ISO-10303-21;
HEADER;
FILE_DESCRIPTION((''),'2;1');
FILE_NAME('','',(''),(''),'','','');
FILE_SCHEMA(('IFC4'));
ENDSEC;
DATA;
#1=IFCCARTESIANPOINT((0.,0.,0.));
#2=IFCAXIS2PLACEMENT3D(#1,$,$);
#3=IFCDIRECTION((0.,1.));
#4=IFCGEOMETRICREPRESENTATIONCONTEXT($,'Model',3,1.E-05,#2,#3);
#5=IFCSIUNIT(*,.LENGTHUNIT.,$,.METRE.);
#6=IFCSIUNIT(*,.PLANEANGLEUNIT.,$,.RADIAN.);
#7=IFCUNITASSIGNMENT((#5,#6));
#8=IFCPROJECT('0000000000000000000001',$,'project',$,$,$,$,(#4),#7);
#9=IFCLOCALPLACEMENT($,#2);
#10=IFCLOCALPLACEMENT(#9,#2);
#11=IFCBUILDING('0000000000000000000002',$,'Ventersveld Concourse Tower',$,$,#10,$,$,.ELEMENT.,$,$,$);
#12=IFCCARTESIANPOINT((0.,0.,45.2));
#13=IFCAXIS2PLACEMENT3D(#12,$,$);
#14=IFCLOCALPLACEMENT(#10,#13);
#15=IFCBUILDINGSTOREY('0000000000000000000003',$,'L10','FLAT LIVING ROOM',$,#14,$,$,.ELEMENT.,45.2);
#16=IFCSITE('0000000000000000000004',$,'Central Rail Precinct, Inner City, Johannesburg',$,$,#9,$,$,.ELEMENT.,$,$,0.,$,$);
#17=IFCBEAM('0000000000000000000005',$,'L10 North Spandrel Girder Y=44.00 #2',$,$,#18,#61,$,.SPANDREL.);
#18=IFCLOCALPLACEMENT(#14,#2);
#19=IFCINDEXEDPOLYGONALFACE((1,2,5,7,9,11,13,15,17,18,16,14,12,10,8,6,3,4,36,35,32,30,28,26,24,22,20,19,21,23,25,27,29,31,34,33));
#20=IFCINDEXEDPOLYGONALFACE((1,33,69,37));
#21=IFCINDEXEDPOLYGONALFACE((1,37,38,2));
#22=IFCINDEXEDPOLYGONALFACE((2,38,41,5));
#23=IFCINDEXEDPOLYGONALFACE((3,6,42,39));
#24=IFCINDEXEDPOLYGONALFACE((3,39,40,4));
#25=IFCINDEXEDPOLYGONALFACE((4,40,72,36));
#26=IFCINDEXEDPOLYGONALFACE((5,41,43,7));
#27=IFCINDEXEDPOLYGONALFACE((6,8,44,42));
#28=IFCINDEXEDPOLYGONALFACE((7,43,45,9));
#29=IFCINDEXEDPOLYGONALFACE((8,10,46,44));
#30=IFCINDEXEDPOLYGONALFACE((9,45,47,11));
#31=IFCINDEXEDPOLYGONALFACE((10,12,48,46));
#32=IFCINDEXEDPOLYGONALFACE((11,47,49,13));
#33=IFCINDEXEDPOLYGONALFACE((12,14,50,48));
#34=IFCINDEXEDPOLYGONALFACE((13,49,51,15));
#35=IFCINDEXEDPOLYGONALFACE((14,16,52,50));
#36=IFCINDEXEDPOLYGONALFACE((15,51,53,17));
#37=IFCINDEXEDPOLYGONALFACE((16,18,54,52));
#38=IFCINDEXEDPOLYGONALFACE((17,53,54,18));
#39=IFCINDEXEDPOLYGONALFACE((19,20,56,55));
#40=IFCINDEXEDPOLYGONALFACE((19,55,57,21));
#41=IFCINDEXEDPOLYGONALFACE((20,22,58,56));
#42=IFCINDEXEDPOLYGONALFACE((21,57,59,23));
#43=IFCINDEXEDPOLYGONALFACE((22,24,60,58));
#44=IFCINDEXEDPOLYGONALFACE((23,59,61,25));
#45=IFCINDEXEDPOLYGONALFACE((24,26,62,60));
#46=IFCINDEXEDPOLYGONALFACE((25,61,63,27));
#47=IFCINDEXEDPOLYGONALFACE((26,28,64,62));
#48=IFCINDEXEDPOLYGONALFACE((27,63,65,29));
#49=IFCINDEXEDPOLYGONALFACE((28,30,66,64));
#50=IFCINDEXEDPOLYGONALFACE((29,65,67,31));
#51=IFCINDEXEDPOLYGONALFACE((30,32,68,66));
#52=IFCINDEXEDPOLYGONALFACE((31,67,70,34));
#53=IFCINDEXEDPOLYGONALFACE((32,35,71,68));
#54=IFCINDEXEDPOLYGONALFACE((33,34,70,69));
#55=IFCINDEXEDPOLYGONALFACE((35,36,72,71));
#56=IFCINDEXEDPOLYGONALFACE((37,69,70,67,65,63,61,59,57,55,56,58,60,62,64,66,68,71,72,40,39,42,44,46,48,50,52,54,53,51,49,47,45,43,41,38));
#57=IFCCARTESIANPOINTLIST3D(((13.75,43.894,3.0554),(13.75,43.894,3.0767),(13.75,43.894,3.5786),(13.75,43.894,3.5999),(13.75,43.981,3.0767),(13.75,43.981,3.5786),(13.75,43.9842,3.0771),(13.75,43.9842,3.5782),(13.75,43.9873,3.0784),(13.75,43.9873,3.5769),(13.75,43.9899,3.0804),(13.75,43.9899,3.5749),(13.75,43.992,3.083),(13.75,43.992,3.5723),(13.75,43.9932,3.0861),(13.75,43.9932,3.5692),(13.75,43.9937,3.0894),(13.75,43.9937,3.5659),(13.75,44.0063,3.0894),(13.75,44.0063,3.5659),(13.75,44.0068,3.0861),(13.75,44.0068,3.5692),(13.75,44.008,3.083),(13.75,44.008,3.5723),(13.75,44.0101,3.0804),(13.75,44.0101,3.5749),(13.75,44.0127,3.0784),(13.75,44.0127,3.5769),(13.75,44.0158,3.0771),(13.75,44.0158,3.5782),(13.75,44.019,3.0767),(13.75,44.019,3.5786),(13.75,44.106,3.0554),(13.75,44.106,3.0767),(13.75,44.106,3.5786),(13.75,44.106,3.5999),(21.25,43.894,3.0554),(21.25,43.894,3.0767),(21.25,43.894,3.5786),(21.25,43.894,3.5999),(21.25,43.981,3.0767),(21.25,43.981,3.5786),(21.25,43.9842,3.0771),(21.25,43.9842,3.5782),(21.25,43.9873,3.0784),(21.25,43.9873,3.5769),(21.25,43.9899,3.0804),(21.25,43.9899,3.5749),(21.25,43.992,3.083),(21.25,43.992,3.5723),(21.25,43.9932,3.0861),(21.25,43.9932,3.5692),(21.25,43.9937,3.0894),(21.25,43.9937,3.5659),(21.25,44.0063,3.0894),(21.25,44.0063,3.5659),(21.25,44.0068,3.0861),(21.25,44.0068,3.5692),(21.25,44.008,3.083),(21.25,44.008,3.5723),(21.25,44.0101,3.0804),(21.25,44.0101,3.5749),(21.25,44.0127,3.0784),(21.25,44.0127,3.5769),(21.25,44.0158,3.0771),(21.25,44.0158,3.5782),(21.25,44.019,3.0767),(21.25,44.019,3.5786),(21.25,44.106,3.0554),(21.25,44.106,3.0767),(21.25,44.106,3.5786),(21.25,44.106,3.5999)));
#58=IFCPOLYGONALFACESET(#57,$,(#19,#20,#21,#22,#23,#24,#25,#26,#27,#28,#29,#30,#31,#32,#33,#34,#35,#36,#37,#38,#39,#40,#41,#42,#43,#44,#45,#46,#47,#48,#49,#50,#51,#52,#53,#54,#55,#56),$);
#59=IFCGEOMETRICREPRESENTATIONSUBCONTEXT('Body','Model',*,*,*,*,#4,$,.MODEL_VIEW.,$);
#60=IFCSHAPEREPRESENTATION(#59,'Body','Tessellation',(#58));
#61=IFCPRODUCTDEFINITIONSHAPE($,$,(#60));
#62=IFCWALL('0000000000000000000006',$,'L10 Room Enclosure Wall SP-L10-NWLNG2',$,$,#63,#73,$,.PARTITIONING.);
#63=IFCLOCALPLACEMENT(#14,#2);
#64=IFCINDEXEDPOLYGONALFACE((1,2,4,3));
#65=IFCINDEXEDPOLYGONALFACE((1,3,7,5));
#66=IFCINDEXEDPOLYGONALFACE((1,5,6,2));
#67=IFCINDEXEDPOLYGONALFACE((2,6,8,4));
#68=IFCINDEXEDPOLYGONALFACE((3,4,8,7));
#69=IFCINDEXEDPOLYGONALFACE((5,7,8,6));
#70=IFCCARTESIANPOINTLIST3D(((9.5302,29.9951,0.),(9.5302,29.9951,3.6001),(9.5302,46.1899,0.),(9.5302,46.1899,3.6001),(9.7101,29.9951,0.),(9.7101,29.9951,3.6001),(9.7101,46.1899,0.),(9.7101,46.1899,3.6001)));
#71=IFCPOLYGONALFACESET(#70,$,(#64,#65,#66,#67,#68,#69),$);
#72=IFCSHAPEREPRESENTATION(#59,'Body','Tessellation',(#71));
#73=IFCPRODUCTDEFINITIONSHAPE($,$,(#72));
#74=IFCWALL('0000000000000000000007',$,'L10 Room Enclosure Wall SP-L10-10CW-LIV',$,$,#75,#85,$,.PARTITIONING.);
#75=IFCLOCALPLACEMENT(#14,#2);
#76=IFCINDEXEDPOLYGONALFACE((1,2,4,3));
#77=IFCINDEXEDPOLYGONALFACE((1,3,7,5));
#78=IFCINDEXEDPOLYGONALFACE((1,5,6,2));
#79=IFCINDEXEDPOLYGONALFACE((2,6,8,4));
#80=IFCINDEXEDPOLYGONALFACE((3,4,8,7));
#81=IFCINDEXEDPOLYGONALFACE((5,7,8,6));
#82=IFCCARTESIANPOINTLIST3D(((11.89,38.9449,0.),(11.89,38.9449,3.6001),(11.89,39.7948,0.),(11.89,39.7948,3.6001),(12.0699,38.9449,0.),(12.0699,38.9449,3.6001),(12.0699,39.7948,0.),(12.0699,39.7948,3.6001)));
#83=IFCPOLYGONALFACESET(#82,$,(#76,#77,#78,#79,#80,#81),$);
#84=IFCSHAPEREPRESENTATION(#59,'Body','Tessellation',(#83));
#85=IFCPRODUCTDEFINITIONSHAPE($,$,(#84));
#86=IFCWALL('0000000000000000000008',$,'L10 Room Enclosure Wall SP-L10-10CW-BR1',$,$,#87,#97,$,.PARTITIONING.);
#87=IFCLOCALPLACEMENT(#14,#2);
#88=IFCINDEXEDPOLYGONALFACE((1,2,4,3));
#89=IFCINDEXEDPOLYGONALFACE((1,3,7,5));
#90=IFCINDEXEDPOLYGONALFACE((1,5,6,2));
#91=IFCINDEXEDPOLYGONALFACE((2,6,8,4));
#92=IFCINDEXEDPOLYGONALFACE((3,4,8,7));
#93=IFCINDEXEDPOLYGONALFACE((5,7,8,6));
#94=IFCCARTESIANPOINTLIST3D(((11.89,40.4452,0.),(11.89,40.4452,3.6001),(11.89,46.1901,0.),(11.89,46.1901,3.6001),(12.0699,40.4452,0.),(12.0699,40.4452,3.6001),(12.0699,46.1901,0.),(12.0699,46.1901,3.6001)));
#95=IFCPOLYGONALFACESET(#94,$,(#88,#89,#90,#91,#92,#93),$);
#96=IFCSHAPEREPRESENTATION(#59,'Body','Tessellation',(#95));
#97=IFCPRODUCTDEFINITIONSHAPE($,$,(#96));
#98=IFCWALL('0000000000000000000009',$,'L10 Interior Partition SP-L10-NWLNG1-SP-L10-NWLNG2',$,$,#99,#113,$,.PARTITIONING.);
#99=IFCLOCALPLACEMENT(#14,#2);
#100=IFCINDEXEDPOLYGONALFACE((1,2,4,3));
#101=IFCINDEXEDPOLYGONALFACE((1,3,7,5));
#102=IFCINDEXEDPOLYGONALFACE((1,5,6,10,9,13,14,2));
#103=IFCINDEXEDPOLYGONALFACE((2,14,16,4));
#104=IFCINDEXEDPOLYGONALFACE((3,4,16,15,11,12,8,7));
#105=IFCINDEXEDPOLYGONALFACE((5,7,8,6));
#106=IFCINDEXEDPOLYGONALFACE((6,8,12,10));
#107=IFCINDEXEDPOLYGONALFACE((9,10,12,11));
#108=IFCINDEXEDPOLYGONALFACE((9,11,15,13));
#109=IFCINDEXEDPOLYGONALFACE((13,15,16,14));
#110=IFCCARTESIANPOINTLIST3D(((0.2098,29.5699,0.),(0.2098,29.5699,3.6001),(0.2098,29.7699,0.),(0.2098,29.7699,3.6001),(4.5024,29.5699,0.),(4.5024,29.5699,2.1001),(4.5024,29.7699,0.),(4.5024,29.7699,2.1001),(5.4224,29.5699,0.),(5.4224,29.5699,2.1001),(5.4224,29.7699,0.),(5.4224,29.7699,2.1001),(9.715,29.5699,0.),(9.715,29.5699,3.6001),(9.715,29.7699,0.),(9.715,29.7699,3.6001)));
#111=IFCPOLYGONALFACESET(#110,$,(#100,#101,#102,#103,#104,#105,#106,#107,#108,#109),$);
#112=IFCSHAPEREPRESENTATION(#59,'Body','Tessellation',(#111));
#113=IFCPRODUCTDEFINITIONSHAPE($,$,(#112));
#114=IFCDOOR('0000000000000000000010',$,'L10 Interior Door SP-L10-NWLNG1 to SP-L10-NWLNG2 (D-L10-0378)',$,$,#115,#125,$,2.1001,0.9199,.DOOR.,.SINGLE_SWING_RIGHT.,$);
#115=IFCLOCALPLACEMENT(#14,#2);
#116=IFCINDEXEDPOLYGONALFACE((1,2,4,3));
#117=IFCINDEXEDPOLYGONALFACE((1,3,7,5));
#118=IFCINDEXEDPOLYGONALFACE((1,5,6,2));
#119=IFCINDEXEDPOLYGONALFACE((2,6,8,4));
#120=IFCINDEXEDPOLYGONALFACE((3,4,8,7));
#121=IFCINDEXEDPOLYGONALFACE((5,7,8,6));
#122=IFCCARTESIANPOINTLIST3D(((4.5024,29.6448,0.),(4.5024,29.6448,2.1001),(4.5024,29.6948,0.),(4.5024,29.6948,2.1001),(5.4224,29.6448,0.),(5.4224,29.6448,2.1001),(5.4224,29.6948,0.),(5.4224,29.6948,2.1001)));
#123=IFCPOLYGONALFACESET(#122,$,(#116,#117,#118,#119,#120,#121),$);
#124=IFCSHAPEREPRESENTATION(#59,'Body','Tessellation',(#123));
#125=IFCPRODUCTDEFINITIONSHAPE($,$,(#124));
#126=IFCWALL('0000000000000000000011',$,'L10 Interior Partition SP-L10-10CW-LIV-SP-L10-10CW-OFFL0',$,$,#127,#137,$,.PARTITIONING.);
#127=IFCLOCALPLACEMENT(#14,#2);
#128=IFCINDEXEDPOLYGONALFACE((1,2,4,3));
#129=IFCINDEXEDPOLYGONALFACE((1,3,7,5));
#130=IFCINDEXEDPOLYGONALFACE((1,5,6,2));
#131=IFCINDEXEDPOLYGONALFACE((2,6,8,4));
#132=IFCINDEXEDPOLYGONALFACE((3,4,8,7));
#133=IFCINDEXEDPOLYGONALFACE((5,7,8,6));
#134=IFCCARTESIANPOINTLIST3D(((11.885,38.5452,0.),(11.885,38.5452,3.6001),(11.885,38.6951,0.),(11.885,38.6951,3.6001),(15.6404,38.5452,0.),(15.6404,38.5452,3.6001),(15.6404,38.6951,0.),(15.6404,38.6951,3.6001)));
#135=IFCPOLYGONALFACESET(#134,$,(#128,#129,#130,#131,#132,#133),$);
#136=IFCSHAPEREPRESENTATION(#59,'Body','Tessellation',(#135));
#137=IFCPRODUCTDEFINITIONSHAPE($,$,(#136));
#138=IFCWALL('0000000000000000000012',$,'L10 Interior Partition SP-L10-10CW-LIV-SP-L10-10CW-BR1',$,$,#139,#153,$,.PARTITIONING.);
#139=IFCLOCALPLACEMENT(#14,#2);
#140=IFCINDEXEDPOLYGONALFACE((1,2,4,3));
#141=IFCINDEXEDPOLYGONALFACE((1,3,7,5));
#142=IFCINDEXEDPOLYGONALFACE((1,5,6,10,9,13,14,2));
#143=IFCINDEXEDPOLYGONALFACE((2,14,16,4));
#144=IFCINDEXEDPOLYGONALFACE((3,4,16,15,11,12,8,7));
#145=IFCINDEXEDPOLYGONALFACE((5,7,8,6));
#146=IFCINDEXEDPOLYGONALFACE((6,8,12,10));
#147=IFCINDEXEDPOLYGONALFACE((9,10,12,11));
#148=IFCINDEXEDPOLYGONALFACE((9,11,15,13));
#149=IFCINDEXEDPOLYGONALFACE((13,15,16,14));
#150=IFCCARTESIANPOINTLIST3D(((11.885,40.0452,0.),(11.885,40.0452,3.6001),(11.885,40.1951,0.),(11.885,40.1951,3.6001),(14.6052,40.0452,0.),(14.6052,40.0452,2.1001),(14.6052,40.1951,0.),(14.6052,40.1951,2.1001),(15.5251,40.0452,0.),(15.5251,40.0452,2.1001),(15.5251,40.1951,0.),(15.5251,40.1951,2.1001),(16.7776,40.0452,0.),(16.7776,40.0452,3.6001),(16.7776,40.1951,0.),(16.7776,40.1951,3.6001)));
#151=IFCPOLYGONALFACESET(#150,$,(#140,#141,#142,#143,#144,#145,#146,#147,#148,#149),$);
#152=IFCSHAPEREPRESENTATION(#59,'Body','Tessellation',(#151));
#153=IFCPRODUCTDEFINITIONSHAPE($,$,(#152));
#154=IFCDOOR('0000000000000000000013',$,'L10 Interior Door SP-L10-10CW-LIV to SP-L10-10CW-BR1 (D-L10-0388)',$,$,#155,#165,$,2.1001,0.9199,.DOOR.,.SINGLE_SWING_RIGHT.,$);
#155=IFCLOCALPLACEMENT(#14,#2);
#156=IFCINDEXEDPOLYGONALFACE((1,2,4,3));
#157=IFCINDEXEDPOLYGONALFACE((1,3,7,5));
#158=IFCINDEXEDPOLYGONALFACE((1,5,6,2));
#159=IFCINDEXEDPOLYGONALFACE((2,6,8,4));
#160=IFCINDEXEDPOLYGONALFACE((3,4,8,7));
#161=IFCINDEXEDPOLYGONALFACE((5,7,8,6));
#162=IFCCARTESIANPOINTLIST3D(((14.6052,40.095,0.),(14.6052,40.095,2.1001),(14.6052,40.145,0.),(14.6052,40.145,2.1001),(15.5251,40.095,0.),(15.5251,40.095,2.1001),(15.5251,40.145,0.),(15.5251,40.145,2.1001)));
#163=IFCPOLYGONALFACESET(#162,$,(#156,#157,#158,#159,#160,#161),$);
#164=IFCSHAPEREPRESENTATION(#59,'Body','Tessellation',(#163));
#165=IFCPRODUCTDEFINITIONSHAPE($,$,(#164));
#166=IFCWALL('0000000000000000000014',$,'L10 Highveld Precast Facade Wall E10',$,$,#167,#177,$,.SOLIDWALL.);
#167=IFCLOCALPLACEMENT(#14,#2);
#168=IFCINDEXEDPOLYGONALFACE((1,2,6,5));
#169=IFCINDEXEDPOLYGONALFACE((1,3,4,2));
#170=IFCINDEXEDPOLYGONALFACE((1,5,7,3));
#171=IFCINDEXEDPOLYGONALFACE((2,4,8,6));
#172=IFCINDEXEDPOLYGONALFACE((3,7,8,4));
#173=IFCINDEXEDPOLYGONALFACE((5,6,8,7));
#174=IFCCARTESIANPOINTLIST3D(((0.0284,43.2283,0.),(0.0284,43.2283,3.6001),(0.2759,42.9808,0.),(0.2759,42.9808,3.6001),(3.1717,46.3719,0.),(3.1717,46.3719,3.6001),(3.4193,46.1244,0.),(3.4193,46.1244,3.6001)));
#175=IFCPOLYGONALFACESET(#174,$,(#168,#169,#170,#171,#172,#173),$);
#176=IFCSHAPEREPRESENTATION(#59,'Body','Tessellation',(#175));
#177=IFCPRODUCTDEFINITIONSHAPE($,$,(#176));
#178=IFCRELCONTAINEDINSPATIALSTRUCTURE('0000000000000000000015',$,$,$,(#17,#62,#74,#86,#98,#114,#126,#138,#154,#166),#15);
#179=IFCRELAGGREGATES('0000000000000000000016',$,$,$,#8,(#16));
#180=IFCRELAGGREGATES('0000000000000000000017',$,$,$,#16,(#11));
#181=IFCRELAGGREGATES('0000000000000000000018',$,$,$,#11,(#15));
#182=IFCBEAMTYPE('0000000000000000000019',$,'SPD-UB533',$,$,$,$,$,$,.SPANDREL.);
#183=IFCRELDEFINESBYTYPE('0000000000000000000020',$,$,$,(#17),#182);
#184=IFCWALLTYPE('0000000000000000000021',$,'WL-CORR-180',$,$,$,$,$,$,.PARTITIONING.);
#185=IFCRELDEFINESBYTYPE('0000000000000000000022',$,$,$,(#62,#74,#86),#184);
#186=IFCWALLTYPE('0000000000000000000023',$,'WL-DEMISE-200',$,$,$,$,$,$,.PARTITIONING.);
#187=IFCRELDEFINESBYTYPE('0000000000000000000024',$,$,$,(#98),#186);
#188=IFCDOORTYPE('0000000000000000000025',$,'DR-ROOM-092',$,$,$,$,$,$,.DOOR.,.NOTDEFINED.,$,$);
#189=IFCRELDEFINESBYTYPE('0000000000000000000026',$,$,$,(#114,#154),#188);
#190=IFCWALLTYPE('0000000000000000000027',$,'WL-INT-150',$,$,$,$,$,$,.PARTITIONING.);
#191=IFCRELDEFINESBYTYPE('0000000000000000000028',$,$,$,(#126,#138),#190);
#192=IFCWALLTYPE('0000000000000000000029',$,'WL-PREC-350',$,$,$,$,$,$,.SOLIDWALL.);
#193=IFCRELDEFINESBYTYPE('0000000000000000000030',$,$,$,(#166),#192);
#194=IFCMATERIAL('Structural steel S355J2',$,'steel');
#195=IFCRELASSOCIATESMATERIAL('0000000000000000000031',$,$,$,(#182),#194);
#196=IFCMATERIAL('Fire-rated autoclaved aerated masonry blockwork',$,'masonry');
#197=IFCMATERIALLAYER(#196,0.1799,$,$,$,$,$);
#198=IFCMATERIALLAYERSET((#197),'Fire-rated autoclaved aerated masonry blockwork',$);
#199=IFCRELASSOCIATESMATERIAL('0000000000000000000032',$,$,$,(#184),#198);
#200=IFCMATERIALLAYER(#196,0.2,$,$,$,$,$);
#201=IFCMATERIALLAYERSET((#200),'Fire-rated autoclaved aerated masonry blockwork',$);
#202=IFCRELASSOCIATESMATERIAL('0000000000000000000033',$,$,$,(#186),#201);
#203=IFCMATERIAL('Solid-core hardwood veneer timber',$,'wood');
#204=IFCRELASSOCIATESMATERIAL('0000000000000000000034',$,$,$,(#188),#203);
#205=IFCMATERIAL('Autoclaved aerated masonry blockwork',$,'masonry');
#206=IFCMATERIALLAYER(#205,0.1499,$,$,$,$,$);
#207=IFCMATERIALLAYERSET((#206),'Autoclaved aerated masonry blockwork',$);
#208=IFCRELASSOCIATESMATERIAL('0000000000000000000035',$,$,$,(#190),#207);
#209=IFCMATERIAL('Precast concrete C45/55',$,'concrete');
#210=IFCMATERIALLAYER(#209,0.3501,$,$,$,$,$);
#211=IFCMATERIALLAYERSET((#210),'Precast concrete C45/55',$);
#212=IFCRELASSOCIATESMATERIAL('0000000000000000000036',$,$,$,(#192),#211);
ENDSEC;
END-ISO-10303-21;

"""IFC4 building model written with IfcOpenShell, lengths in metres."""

from ifc_helpers import new_model, si_unit, direction, frame, frame_2d, origin, origin_2d, place, context, subcontext, project, spatial, rectangle, i_section, extrude, material, layer, layer_set, material_profile, profile_set, type_object, element, fill, save


model = new_model("IFC4")

# Units and contexts
model_context = context("Model", 3, precision=1e-05, world=origin(), true_north=direction((0.0, 1.0)))
body_context = subcontext(model_context, "Body", "Model", "MODEL_VIEW")
ifc_project = project(units=[si_unit("LENGTHUNIT", "METRE"), si_unit("PLANEANGLEUNIT", "RADIAN")], contexts=[model_context])

# Site, building, storey
site_placement = place(None, origin())
site = spatial("IfcSite", under=ifc_project, at=site_placement, Name="Central Rail Precinct, Inner City, Johannesburg", CompositionType="ELEMENT", RefElevation=0.0)
building_placement = place(site_placement, origin())
building = spatial("IfcBuilding", under=site, at=building_placement, Name="Ventersveld Concourse Tower", CompositionType="ELEMENT")
storey_placement = place(building_placement, frame((0.0, 0.0, 45.2)))
storey = spatial("IfcBuildingStorey", under=building, at=storey_placement, Name="L10", Description="FLAT LIVING ROOM", CompositionType="ELEMENT", Elevation=45.2)

# Beam
ifc_material_1 = material(Name="Structural steel S355J2", Category="steel")
ifc_material_profile_1 = material_profile(ifc_material_1, i_section(OverallWidth=0.2119, OverallDepth=0.5444, WebThickness=0.0127, FlangeThickness=0.0212, FilletRadius=0.0127, at=origin_2d()), Name="UB 533x210x122")
ifc_profile_set_1 = profile_set([ifc_material_profile_1], Name="Structural steel S355J2")
beam_type_1 = type_object("IfcBeamType", Name="SPD-UB533", PredefinedType="SPANDREL", material=ifc_profile_set_1)
beam_1_placement = place(storey_placement, frame((13.75, 44.0, 3.3276), z_axis=(1.0, 0.0, 0.0), x_axis=(0.0, 1.0, 0.0)))
element("IfcBeam", 1, at=beam_1_placement, inside=storey, type_object=beam_type_1, Name="L10 North Spandrel Girder Y=44.00 #2", PredefinedType="SPANDREL", context=body_context, shape_type="SweptSolid", body=[
    extrude(i_section(OverallWidth=0.2119, OverallDepth=0.5444, WebThickness=0.0127, FlangeThickness=0.0212, FilletRadius=0.0127, at=origin_2d()), origin(), (0.0, 0.0, 1.0), 7.5),
])

# Walls
ifc_material_2 = material(Name="Fire-rated autoclaved aerated masonry blockwork", Category="masonry")
ifc_layer_1 = layer(ifc_material_2, 0.1799)
ifc_layer_set_1 = layer_set([ifc_layer_1], Name="Fire-rated autoclaved aerated masonry blockwork")
wall_type_1 = type_object("IfcWallType", Name="WL-CORR-180", PredefinedType="PARTITIONING", material=ifc_layer_set_1)
wall_1_placement = place(storey_placement, frame((9.6201, 46.1899, 0.0), z_axis=(0.0, 0.0, 1.0), x_axis=(0.0, -1.0, 0.0)))
element("IfcWall", 2, at=wall_1_placement, inside=storey, type_object=wall_type_1, Name="L10 Room Enclosure Wall SP-L10-NWLNG2", PredefinedType="PARTITIONING", context=body_context, shape_type="SweptSolid", body=[
    extrude(rectangle(XDim=16.1948, YDim=0.1799, at=frame_2d((8.0974, 0.0))), origin(), (0.0, 0.0, 1.0), 3.6001),
])
wall_2_placement = place(storey_placement, frame((11.98, 38.9451, 0.0), z_axis=(0.0, 0.0, 1.0), x_axis=(0.0, 1.0, 0.0)))
element("IfcWall", 3, at=wall_2_placement, inside=storey, type_object=wall_type_1, Name="L10 Room Enclosure Wall SP-L10-10CW-LIV", PredefinedType="PARTITIONING", context=body_context, shape_type="SweptSolid", body=[
    extrude(rectangle(XDim=0.8499, YDim=0.1799, at=frame_2d((0.4248, 0.0))), origin(), (0.0, 0.0, 1.0), 3.6001),
])
wall_3_placement = place(storey_placement, frame((11.98, 40.4451, 0.0), z_axis=(0.0, 0.0, 1.0), x_axis=(0.0, 1.0, 0.0)))
element("IfcWall", 4, at=wall_3_placement, inside=storey, type_object=wall_type_1, Name="L10 Room Enclosure Wall SP-L10-10CW-BR1", PredefinedType="PARTITIONING", context=body_context, shape_type="SweptSolid", body=[
    extrude(rectangle(XDim=5.7449, YDim=0.1799, at=frame_2d((2.8726, 0.0))), origin(), (0.0, 0.0, 1.0), 3.6001),
])

# Wall, opening, door
ifc_layer_2 = layer(ifc_material_2, 0.2)
ifc_layer_set_2 = layer_set([ifc_layer_2], Name="Fire-rated autoclaved aerated masonry blockwork")
wall_type_2 = type_object("IfcWallType", Name="WL-DEMISE-200", PredefinedType="PARTITIONING", material=ifc_layer_set_2)
wall_4_placement = place(storey_placement, frame((0.21, 29.6699, 0.0), z_axis=(0.0, 0.0, 1.0), x_axis=(1.0, 0.0, 0.0)))
wall_4 = element("IfcWall", 5, at=wall_4_placement, inside=storey, type_object=wall_type_2, Name="L10 Interior Partition SP-L10-NWLNG1-SP-L10-NWLNG2", PredefinedType="PARTITIONING", context=body_context, shape_type="SweptSolid", body=[
    extrude(rectangle(XDim=9.5051, YDim=0.2, at=frame_2d((4.7524, 0.0))), origin(), (0.0, 0.0, 1.0), 3.6001),
])
opening_1_placement = place(wall_4_placement, frame((4.2925, 0.0, 0.0)))
opening_1 = element("IfcOpeningElement", 6, at=opening_1_placement, cuts=wall_4, PredefinedType="OPENING", context=body_context, shape_type="SweptSolid", body=[
    extrude(rectangle(XDim=0.9199, YDim=2.1001, at=frame_2d((0.46, 1.05))), frame((0.0, 0.1099, 0.0), z_axis=(0.0, -1.0, 0.0), x_axis=(1.0, 0.0, 0.0)), (0.0, 0.0, 1.0), 0.22),
])
ifc_material_3 = material(Name="Solid-core hardwood veneer timber", Category="wood")
door_type = type_object("IfcDoorType", Name="DR-ROOM-092", OperationType="NOTDEFINED", PredefinedType="DOOR", material=ifc_material_3)
door_1_placement = place(opening_1_placement, origin())
door_1 = element("IfcDoor", 7, at=door_1_placement, inside=storey, type_object=door_type, Name="L10 Interior Door SP-L10-NWLNG1 to SP-L10-NWLNG2 (D-L10-0378)", OperationType="SINGLE_SWING_RIGHT", OverallHeight=2.1001, OverallWidth=0.9199, PredefinedType="DOOR", context=body_context, shape_type="SweptSolid", body=[
    extrude(rectangle(XDim=0.9199, YDim=2.1001, at=frame_2d((0.46, 1.05))), frame((0.0, 0.0249, 0.0), z_axis=(0.0, -1.0, 0.0), x_axis=(1.0, 0.0, 0.0)), (0.0, 0.0, 1.0), 0.05),
])
fill(opening_1, door_1)

# Wall
ifc_material_4 = material(Name="Autoclaved aerated masonry blockwork", Category="masonry")
ifc_layer_3 = layer(ifc_material_4, 0.1499)
ifc_layer_set_3 = layer_set([ifc_layer_3], Name="Autoclaved aerated masonry blockwork")
wall_type_3 = type_object("IfcWallType", Name="WL-INT-150", PredefinedType="PARTITIONING", material=ifc_layer_set_3)
wall_5_placement = place(storey_placement, frame((11.885, 38.6201, 0.0), z_axis=(0.0, 0.0, 1.0), x_axis=(1.0, 0.0, 0.0)))
element("IfcWall", 8, at=wall_5_placement, inside=storey, type_object=wall_type_3, Name="L10 Interior Partition SP-L10-10CW-LIV-SP-L10-10CW-OFFL0", PredefinedType="PARTITIONING", context=body_context, shape_type="SweptSolid", body=[
    extrude(rectangle(XDim=3.7554, YDim=0.1499, at=frame_2d((1.8777, 0.0))), origin(), (0.0, 0.0, 1.0), 3.6001),
])

# Wall, opening, door
wall_6_placement = place(storey_placement, frame((11.885, 40.1201, 0.0), z_axis=(0.0, 0.0, 1.0), x_axis=(1.0, 0.0, 0.0)))
wall_6 = element("IfcWall", 9, at=wall_6_placement, inside=storey, type_object=wall_type_3, Name="L10 Interior Partition SP-L10-10CW-LIV-SP-L10-10CW-BR1", PredefinedType="PARTITIONING", context=body_context, shape_type="SweptSolid", body=[
    extrude(rectangle(XDim=4.8926, YDim=0.1499, at=frame_2d((2.4463, 0.0))), origin(), (0.0, 0.0, 1.0), 3.6001),
])
opening_2_placement = place(wall_6_placement, frame((2.7202, 0.0, 0.0)))
opening_2 = element("IfcOpeningElement", 10, at=opening_2_placement, cuts=wall_6, PredefinedType="OPENING", context=body_context, shape_type="SweptSolid", body=[
    extrude(rectangle(XDim=0.9199, YDim=2.1001, at=frame_2d((0.46, 1.05))), frame((0.0, 0.085, 0.0), z_axis=(0.0, -1.0, 0.0), x_axis=(1.0, 0.0, 0.0)), (0.0, 0.0, 1.0), 0.1699),
])
door_2_placement = place(opening_2_placement, origin())
door_2 = element("IfcDoor", 11, at=door_2_placement, inside=storey, type_object=door_type, Name="L10 Interior Door SP-L10-10CW-LIV to SP-L10-10CW-BR1 (D-L10-0388)", OperationType="SINGLE_SWING_RIGHT", OverallHeight=2.1001, OverallWidth=0.9199, PredefinedType="DOOR", context=body_context, shape_type="SweptSolid", body=[
    extrude(rectangle(XDim=0.9199, YDim=2.1001, at=frame_2d((0.46, 1.05))), frame((0.0, 0.0249, 0.0), z_axis=(0.0, -1.0, 0.0), x_axis=(1.0, 0.0, 0.0)), (0.0, 0.0, 1.0), 0.05),
])
fill(opening_2, door_2)

# Wall
ifc_material_5 = material(Name="Precast concrete C45/55", Category="concrete")
ifc_layer_4 = layer(ifc_material_5, 0.3501)
ifc_layer_set_4 = layer_set([ifc_layer_4], Name="Precast concrete C45/55")
wall_type_4 = type_object("IfcWallType", Name="WL-PREC-350", PredefinedType="SOLIDWALL", material=ifc_layer_set_4)
wall_7_placement = place(storey_placement, frame((3.2954, 46.248, 0.0), z_axis=(0.0, 0.0, 1.0), x_axis=(-0.707079, -0.707134, 0.0)))
element("IfcWall", 12, at=wall_7_placement, inside=storey, type_object=wall_type_4, Name="L10 Highveld Precast Facade Wall E10", PredefinedType="SOLIDWALL", context=body_context, shape_type="SweptSolid", body=[
    extrude(rectangle(XDim=4.4456, YDim=0.3501, at=frame_2d((2.2227, 0.0))), origin(), (0.0, 0.0, 1.0), 3.6001),
])

save(model, "model.ifc")
